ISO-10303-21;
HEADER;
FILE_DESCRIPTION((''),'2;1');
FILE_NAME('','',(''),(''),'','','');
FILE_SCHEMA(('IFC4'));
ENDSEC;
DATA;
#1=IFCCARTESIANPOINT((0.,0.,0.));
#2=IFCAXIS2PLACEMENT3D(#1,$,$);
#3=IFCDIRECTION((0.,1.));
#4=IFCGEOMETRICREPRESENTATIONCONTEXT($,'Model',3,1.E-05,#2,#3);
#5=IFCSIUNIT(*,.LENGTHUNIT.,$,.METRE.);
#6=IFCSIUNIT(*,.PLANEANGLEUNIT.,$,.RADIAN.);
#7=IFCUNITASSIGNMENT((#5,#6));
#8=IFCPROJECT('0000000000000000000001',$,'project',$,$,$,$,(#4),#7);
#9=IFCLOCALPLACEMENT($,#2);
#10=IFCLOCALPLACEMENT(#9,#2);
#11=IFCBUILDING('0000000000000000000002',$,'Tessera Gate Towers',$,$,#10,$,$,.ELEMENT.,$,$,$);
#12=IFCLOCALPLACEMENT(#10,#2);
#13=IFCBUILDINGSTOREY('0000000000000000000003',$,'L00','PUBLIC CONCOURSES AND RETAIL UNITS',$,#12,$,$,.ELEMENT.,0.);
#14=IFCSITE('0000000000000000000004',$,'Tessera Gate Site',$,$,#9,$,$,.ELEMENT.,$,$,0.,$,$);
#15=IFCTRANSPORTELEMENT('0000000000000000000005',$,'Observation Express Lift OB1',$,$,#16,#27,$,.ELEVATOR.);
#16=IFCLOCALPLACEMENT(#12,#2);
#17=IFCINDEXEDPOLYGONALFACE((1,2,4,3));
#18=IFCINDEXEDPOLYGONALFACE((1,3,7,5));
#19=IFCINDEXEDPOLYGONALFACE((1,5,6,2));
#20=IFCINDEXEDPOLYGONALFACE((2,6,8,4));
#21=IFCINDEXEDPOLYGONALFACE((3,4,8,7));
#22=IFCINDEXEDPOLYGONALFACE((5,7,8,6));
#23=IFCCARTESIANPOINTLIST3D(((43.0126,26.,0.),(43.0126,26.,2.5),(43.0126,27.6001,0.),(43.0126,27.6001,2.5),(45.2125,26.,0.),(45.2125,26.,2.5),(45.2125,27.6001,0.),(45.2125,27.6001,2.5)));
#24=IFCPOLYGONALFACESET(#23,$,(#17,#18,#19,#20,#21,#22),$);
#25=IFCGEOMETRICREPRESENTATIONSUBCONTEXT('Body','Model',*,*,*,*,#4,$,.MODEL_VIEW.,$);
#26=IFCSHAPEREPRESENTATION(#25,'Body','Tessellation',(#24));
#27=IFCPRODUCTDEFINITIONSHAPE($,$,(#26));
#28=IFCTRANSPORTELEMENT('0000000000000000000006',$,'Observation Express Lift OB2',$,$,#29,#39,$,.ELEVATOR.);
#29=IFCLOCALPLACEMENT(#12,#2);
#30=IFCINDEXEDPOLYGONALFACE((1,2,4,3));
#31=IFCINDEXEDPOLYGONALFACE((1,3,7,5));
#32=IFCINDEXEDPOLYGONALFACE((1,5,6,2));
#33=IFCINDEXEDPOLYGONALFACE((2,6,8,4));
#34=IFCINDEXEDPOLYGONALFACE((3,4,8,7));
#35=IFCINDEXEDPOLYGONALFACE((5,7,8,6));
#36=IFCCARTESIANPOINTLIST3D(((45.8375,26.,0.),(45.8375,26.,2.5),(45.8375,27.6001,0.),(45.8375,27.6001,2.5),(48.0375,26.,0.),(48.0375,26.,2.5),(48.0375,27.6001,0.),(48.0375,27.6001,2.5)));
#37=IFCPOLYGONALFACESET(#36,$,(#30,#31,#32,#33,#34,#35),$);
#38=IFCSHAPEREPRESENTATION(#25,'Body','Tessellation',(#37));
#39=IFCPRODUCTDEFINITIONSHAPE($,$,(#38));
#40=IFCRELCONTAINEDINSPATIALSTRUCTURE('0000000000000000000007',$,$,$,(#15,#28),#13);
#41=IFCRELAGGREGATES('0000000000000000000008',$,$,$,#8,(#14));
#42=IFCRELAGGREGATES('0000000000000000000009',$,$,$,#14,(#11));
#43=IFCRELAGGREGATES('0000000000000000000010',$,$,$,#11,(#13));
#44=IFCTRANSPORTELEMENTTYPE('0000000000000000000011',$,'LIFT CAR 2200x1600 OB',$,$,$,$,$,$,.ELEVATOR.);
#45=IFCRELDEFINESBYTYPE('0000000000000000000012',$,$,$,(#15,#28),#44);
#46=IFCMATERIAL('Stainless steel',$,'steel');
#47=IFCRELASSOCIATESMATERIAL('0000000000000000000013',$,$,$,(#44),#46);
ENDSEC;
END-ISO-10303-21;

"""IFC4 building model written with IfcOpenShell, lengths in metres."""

from ifc_helpers import new_model, si_unit, direction, frame, origin, origin_2d, place, context, subcontext, project, spatial, rectangle, extrude, material, type_object, element, save


model = new_model("IFC4")

# Units and contexts
model_context = context("Model", 3, precision=1e-05, world=origin(), true_north=direction((0.0, 1.0)))
body_context = subcontext(model_context, "Body", "Model", "MODEL_VIEW")
ifc_project = project(units=[si_unit("LENGTHUNIT", "METRE"), si_unit("PLANEANGLEUNIT", "RADIAN")], contexts=[model_context])

# Site, building, storey
site_placement = place(None, origin())
site = spatial("IfcSite", under=ifc_project, at=site_placement, Name="Tessera Gate Site", CompositionType="ELEMENT", RefElevation=0.0)
building_placement = place(site_placement, origin())
building = spatial("IfcBuilding", under=site, at=building_placement, Name="Tessera Gate Towers", CompositionType="ELEMENT")
storey_placement = place(building_placement, origin())
storey = spatial("IfcBuildingStorey", under=building, at=storey_placement, Name="L00", Description="PUBLIC CONCOURSES AND RETAIL UNITS", CompositionType="ELEMENT", Elevation=0.0)

# Transport elements
ifc_material_1 = material(Name="Stainless steel", Category="steel")
transport_element_type_1 = type_object("IfcTransportElementType", Name="LIFT CAR 2200x1600 OB", PredefinedType="ELEVATOR", material=ifc_material_1)
for number, where, z_axis, x_axis, name in (
    (1, (44.1125, 26.8, 0.0), (0.0, 0.0, 1.0), (1.0, 0.0, 0.0), "Observation Express Lift OB1"),
    (2, (46.9375, 26.8, 0.0), (0.0, 0.0, 1.0), (1.0, 0.0, 0.0), "Observation Express Lift OB2"),
):
    element("IfcTransportElement", number, at=place(storey_placement, frame(where, z_axis=z_axis, x_axis=x_axis)), inside=storey, type_object=transport_element_type_1, Name=name, PredefinedType="ELEVATOR", context=body_context, shape_type="SweptSolid", body=[
        extrude(rectangle(XDim=2.2, YDim=1.6001, at=origin_2d()), origin(), (0.0, 0.0, 1.0), 2.5),
    ])

save(model, "model.ifc")
